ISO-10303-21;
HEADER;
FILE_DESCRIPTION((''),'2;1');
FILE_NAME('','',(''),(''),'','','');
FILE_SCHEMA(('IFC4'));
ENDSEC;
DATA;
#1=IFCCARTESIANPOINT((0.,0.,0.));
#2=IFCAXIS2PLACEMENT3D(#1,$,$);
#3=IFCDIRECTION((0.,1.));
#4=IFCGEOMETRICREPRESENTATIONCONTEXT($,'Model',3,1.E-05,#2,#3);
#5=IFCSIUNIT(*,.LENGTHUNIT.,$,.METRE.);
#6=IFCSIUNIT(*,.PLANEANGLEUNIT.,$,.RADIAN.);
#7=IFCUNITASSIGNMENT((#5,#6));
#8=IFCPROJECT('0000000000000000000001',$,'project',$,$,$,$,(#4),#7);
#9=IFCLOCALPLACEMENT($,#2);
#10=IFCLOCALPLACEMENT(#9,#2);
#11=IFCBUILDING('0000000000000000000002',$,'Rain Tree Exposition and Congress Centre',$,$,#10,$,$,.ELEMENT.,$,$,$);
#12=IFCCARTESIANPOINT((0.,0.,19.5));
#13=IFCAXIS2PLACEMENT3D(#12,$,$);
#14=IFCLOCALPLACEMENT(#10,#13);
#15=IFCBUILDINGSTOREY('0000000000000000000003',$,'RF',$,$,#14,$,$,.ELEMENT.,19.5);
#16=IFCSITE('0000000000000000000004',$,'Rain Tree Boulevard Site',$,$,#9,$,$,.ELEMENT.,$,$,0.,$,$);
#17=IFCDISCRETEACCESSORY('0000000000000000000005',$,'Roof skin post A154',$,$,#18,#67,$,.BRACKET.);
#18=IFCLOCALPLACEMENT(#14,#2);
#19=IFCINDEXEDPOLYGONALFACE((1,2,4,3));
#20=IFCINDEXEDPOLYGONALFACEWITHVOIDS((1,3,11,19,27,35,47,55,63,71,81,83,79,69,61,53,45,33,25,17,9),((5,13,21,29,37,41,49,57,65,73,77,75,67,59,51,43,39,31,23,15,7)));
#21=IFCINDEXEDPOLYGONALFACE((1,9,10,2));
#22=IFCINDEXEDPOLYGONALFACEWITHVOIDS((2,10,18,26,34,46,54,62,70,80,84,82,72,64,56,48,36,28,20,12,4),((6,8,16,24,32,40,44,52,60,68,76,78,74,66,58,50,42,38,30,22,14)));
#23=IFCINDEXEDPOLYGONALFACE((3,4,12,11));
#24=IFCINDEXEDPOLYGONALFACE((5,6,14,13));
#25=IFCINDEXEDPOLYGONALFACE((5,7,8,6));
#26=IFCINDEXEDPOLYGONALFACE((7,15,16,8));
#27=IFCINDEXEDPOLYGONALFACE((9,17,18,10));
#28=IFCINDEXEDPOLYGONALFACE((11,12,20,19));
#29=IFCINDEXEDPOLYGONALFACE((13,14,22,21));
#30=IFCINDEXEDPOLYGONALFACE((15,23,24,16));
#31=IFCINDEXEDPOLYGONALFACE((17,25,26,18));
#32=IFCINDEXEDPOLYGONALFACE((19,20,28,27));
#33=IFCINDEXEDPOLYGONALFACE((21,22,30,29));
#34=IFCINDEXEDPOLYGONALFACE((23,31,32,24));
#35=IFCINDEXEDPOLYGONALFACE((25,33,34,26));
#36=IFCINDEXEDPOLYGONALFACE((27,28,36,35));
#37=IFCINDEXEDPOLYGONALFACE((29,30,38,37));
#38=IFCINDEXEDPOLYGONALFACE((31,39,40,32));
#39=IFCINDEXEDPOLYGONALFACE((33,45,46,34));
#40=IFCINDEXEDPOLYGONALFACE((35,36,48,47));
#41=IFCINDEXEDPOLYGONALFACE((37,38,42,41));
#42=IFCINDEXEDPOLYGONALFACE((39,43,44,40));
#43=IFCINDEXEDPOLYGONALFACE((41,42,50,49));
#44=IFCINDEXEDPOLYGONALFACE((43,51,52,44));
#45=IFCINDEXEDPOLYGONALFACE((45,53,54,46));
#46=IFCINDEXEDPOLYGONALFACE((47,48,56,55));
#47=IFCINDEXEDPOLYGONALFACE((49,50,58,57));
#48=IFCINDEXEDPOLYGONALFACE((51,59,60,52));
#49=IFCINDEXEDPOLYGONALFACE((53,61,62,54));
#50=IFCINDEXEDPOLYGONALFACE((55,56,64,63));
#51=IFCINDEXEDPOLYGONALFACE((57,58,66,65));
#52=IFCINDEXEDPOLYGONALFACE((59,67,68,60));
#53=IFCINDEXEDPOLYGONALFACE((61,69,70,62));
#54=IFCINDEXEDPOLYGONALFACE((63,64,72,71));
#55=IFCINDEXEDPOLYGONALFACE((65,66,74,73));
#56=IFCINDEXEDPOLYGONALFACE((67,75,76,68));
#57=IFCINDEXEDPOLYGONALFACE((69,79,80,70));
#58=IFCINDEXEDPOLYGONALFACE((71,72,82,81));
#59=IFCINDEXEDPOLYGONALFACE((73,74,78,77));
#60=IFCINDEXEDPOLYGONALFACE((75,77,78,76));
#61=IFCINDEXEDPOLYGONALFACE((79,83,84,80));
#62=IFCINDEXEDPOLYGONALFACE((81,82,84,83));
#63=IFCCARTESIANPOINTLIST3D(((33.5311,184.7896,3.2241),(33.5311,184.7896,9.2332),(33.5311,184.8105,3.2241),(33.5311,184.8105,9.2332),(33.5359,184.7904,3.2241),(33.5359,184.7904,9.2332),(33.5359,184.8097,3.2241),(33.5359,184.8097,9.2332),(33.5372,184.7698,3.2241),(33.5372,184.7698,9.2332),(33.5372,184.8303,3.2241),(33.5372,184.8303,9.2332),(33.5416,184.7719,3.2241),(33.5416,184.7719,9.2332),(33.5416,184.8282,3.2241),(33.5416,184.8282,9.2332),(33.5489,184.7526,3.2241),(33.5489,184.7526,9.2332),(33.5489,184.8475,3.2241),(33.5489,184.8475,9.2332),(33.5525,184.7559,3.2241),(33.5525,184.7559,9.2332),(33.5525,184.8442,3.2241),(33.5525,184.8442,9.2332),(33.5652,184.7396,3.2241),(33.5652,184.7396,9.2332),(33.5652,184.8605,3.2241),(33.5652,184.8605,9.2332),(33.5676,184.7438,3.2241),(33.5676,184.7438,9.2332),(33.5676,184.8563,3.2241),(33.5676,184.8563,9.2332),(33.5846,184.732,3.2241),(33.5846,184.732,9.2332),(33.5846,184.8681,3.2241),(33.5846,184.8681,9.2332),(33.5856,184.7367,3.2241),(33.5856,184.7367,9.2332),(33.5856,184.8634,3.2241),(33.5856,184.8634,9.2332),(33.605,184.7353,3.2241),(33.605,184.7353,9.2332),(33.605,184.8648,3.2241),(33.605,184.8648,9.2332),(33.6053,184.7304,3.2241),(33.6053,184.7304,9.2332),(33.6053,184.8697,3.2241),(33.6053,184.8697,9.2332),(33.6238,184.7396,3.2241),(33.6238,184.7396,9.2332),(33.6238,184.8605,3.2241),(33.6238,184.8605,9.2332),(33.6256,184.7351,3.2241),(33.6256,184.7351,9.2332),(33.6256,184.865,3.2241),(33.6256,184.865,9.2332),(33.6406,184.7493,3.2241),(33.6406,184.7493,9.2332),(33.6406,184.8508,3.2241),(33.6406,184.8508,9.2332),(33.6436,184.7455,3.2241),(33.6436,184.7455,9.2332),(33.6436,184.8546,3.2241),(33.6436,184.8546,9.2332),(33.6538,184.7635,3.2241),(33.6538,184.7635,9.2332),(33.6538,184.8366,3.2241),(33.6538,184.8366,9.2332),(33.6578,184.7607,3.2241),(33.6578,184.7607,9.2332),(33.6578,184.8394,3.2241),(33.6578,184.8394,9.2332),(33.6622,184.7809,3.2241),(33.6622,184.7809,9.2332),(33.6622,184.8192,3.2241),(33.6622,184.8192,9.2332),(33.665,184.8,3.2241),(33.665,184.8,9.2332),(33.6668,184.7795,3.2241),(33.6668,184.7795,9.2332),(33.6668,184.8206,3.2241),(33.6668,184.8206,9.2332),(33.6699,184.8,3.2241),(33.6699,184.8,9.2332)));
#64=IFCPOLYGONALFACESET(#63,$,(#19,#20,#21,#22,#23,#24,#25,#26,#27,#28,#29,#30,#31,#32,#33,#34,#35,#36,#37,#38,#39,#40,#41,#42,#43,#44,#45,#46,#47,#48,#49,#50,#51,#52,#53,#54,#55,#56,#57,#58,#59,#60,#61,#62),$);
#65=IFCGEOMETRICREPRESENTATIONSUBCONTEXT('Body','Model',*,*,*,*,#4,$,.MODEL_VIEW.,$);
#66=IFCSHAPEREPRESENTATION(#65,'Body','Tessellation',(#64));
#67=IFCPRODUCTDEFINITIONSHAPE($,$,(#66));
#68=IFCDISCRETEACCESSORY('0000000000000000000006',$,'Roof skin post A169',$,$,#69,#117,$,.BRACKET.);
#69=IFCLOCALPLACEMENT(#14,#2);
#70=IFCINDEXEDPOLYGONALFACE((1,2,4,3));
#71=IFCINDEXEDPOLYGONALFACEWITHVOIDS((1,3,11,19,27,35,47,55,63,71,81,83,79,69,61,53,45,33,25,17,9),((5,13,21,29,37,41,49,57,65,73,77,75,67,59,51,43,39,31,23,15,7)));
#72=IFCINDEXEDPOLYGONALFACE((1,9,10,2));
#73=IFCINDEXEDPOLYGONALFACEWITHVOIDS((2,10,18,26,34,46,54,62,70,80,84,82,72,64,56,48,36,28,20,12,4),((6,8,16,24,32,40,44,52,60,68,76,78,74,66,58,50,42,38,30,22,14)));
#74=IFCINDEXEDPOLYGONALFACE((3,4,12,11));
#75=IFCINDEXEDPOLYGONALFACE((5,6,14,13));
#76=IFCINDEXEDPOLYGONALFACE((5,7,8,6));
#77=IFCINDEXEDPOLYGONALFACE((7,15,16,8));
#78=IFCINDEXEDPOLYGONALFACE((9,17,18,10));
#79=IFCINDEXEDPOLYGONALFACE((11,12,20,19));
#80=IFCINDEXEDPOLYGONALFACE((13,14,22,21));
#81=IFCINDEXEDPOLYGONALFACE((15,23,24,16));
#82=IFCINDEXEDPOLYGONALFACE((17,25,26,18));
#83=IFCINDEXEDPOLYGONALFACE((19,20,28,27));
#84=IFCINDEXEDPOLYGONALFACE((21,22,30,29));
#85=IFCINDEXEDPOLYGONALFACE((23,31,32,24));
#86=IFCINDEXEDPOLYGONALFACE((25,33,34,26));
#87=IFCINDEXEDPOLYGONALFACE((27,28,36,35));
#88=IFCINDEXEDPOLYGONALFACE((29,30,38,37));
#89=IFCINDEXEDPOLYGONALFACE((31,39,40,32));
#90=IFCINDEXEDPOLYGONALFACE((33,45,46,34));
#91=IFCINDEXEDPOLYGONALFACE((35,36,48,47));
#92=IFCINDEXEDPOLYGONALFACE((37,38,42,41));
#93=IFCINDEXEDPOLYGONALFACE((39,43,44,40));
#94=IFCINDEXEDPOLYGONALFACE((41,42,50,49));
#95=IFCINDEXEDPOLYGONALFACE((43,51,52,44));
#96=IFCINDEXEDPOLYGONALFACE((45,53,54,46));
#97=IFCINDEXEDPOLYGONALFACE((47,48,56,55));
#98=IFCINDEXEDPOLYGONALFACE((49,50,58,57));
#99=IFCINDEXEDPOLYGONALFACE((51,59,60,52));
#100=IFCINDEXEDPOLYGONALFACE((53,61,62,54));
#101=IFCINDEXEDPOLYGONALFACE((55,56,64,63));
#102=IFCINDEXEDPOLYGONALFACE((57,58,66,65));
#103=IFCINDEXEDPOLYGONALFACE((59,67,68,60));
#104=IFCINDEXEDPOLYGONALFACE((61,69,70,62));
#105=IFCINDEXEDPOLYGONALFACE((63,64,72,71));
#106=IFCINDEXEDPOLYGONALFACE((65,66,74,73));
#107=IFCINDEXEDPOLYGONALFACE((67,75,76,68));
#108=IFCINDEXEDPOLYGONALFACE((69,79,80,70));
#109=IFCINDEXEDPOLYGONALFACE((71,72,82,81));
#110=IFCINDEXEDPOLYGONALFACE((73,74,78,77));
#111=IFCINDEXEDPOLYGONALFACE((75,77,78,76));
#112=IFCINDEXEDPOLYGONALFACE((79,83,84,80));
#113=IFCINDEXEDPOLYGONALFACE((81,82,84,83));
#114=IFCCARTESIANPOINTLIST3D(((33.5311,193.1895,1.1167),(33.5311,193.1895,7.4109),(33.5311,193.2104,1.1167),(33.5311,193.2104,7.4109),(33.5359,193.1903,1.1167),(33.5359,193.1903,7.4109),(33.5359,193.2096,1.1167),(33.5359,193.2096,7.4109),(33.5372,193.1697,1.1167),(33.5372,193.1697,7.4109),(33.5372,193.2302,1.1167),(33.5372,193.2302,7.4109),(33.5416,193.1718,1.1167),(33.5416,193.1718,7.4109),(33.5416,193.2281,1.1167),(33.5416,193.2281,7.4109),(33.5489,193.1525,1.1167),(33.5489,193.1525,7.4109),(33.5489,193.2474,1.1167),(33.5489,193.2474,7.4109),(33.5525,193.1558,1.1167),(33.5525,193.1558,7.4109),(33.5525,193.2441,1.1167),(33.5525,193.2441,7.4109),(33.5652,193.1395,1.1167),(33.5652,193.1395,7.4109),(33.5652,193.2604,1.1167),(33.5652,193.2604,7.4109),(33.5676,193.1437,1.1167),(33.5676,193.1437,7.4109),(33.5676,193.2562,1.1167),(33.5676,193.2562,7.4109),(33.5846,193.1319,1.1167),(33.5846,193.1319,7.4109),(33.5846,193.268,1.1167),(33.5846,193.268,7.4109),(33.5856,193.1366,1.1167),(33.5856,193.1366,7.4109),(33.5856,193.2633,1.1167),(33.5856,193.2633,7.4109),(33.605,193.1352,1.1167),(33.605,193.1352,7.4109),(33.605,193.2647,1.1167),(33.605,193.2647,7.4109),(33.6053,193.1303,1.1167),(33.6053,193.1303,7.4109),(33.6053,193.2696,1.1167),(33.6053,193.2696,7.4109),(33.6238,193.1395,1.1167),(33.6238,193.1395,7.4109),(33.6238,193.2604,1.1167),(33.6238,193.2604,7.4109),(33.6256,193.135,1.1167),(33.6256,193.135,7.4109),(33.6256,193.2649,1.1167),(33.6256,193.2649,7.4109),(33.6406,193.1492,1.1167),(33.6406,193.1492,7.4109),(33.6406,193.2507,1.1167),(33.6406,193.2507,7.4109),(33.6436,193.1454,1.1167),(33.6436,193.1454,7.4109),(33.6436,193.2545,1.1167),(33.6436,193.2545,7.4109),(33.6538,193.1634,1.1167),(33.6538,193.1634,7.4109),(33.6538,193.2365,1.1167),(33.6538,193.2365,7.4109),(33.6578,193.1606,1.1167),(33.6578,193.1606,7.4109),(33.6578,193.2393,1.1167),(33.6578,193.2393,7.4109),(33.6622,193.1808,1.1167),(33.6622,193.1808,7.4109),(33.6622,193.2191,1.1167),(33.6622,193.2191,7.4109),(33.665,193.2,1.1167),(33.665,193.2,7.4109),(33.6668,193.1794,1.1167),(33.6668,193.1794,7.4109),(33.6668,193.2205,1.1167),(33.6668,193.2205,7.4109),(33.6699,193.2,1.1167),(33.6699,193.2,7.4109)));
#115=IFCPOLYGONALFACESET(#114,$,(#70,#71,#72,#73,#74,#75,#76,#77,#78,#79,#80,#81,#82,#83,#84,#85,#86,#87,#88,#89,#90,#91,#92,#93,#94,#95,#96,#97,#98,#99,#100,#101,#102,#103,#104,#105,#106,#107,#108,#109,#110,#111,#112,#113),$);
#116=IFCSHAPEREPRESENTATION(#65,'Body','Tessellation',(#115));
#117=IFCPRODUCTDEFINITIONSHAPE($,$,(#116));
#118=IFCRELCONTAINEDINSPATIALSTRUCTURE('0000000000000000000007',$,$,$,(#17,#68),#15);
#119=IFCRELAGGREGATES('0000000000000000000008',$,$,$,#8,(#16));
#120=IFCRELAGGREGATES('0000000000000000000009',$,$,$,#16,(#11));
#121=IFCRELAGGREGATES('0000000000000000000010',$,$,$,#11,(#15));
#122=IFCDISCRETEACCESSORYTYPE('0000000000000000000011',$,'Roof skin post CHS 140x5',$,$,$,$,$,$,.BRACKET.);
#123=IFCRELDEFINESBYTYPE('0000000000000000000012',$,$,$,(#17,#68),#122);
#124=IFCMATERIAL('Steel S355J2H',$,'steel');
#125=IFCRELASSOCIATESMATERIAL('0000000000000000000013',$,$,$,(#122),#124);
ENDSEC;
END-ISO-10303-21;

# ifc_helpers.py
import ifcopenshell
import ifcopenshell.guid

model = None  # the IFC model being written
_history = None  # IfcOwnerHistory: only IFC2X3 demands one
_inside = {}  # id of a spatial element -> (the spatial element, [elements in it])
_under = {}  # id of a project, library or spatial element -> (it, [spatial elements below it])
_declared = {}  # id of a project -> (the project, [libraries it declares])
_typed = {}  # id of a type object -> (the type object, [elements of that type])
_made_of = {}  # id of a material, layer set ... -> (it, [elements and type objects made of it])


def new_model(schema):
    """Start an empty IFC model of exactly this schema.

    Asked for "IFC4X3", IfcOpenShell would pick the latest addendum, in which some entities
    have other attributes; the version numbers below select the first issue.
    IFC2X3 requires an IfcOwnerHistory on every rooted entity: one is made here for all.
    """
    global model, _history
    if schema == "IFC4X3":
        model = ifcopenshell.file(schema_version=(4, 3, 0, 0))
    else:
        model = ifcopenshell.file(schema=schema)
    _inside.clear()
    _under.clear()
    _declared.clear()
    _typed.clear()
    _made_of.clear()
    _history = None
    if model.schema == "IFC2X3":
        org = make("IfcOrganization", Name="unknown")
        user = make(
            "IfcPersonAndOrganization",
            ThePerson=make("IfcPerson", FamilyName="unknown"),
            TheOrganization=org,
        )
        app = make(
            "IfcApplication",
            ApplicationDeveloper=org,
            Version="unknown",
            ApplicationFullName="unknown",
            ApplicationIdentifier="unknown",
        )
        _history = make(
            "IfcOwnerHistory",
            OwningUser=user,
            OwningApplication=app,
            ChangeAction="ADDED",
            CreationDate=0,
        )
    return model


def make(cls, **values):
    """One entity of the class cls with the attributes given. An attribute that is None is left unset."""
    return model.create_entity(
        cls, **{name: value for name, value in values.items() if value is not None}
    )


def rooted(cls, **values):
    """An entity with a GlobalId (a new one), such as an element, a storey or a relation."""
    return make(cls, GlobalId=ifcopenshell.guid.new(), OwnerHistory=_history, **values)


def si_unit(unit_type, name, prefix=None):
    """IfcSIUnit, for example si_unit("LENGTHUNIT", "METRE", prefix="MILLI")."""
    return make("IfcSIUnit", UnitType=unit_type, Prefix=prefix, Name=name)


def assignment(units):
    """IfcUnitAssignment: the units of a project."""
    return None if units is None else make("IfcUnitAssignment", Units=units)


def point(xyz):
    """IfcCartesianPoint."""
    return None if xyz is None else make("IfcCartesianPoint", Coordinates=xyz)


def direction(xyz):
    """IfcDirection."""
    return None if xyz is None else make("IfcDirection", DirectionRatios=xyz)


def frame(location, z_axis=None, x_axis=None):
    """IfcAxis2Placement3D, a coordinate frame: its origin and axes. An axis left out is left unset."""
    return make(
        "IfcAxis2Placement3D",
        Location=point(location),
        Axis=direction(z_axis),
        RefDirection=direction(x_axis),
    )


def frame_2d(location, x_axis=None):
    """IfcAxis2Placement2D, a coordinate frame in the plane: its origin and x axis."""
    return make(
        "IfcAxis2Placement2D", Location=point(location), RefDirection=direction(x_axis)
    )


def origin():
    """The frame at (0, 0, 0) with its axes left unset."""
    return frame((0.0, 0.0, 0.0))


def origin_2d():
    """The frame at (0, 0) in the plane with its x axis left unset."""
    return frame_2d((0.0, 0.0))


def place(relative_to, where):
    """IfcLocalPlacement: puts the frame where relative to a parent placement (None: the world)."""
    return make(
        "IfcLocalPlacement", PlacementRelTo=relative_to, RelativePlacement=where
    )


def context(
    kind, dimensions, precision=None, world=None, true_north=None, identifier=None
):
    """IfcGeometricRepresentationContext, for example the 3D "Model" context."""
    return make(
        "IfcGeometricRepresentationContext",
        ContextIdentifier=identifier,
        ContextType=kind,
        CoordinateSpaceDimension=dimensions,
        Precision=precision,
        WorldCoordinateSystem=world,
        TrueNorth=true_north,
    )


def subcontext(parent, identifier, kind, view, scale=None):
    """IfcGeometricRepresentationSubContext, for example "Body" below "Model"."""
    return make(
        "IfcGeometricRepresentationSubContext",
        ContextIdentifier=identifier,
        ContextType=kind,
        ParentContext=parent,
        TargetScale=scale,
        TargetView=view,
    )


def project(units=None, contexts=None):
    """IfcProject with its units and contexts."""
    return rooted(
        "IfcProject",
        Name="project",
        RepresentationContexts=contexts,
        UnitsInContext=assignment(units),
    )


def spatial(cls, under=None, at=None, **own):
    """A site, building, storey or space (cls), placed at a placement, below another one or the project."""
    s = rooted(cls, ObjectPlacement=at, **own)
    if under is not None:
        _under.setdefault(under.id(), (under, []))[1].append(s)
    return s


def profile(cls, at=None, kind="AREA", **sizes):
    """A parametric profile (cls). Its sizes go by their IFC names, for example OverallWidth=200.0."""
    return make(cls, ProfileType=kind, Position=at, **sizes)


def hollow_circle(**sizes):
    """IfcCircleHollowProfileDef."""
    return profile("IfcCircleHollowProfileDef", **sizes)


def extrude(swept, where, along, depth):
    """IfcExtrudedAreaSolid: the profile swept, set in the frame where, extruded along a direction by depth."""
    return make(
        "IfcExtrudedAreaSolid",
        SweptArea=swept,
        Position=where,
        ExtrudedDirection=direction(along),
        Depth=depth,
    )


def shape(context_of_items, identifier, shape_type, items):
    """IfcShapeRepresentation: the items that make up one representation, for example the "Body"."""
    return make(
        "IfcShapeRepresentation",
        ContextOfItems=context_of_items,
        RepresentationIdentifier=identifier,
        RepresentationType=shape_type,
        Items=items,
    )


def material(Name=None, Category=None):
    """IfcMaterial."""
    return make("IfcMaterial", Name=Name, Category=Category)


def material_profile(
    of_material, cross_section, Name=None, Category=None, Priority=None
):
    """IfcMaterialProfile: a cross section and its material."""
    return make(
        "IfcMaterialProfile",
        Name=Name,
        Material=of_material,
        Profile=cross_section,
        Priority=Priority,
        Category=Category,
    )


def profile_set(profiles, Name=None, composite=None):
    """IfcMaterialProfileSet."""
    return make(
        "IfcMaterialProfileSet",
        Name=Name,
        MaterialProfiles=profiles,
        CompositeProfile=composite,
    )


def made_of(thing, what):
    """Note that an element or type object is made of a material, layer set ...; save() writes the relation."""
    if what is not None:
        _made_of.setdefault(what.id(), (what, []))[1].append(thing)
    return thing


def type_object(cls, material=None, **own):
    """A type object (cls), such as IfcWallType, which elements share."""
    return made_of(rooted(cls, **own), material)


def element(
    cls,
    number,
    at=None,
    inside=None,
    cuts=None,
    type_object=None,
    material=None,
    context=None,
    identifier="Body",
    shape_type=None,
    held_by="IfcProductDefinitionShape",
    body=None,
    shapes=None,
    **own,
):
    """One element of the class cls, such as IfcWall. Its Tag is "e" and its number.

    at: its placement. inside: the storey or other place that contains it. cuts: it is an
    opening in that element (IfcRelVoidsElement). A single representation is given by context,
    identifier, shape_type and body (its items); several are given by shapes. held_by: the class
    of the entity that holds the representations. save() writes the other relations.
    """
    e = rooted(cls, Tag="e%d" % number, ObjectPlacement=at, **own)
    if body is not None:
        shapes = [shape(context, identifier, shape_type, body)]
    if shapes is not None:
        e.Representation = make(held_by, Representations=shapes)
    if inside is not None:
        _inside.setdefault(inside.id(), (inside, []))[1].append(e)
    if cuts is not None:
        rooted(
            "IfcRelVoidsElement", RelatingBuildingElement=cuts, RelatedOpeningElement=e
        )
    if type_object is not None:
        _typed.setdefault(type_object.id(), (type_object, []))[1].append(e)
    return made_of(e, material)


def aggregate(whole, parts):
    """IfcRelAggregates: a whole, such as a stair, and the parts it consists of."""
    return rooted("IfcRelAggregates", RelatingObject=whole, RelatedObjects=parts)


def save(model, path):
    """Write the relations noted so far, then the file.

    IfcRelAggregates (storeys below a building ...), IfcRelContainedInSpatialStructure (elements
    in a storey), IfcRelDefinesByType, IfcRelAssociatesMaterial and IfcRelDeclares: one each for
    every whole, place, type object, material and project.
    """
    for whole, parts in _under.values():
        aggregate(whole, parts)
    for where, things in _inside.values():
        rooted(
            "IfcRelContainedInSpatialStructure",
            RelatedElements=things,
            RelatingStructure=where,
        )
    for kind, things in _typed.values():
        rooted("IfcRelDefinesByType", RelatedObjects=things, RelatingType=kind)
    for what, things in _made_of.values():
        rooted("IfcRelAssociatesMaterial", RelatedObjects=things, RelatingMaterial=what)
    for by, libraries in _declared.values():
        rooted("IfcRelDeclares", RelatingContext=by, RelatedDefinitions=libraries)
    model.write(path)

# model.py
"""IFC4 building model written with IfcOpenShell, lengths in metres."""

from ifc_helpers import new_model, si_unit, direction, frame, origin, origin_2d, place, context, subcontext, project, spatial, hollow_circle, extrude, material, material_profile, profile_set, type_object, element, save


model = new_model("IFC4")

# Units and contexts
model_context = context("Model", 3, precision=1e-05, world=origin(), true_north=direction((0.0, 1.0)))
body_context = subcontext(model_context, "Body", "Model", "MODEL_VIEW")
ifc_project = project(units=[si_unit("LENGTHUNIT", "METRE"), si_unit("PLANEANGLEUNIT", "RADIAN")], contexts=[model_context])

# Site, building, storey
site_placement = place(None, origin())
site = spatial("IfcSite", under=ifc_project, at=site_placement, Name="Rain Tree Boulevard Site", CompositionType="ELEMENT", RefElevation=0.0)
building_placement = place(site_placement, origin())
building = spatial("IfcBuilding", under=site, at=building_placement, Name="Rain Tree Exposition and Congress Centre", CompositionType="ELEMENT")
storey_placement = place(building_placement, frame((0.0, 0.0, 19.5)))
storey = spatial("IfcBuildingStorey", under=building, at=storey_placement, Name="RF", CompositionType="ELEMENT", Elevation=19.5)

# Discrete accessories
ifc_material_1 = material(Name="Steel S355J2H", Category="steel")
ifc_material_profile_1 = material_profile(ifc_material_1, hollow_circle(Radius=0.0698, WallThickness=0.0049, at=origin_2d()), Name="CHS 140x5")
ifc_profile_set_1 = profile_set([ifc_material_profile_1], Name="Steel S355J2H")
discrete_accessory_type_1 = type_object("IfcDiscreteAccessoryType", Name="Roof skin post CHS 140x5", PredefinedType="BRACKET", material=ifc_profile_set_1)
discrete_accessory_1_placement = place(storey_placement, frame((33.6001, 184.8, 3.2241), z_axis=(0.0, 0.0, 1.0), x_axis=(1.0, 0.0, 0.0)))
element("IfcDiscreteAccessory", 1, at=discrete_accessory_1_placement, inside=storey, type_object=discrete_accessory_type_1, Name="Roof skin post A154", PredefinedType="BRACKET", context=body_context, shape_type="SweptSolid", body=[
    extrude(hollow_circle(Radius=0.0698, WallThickness=0.0049, at=origin_2d()), origin(), (0.0, 0.0, 1.0), 6.009),
])
discrete_accessory_2_placement = place(storey_placement, frame((33.6001, 193.2, 1.1167), z_axis=(0.0, 0.0, 1.0), x_axis=(1.0, 0.0, 0.0)))
element("IfcDiscreteAccessory", 2, at=discrete_accessory_2_placement, inside=storey, type_object=discrete_accessory_type_1, Name="Roof skin post A169", PredefinedType="BRACKET", context=body_context, shape_type="SweptSolid", body=[
    extrude(hollow_circle(Radius=0.0698, WallThickness=0.0049, at=origin_2d()), origin(), (0.0, 0.0, 1.0), 6.2942),
])

save(model, "model.ifc")
